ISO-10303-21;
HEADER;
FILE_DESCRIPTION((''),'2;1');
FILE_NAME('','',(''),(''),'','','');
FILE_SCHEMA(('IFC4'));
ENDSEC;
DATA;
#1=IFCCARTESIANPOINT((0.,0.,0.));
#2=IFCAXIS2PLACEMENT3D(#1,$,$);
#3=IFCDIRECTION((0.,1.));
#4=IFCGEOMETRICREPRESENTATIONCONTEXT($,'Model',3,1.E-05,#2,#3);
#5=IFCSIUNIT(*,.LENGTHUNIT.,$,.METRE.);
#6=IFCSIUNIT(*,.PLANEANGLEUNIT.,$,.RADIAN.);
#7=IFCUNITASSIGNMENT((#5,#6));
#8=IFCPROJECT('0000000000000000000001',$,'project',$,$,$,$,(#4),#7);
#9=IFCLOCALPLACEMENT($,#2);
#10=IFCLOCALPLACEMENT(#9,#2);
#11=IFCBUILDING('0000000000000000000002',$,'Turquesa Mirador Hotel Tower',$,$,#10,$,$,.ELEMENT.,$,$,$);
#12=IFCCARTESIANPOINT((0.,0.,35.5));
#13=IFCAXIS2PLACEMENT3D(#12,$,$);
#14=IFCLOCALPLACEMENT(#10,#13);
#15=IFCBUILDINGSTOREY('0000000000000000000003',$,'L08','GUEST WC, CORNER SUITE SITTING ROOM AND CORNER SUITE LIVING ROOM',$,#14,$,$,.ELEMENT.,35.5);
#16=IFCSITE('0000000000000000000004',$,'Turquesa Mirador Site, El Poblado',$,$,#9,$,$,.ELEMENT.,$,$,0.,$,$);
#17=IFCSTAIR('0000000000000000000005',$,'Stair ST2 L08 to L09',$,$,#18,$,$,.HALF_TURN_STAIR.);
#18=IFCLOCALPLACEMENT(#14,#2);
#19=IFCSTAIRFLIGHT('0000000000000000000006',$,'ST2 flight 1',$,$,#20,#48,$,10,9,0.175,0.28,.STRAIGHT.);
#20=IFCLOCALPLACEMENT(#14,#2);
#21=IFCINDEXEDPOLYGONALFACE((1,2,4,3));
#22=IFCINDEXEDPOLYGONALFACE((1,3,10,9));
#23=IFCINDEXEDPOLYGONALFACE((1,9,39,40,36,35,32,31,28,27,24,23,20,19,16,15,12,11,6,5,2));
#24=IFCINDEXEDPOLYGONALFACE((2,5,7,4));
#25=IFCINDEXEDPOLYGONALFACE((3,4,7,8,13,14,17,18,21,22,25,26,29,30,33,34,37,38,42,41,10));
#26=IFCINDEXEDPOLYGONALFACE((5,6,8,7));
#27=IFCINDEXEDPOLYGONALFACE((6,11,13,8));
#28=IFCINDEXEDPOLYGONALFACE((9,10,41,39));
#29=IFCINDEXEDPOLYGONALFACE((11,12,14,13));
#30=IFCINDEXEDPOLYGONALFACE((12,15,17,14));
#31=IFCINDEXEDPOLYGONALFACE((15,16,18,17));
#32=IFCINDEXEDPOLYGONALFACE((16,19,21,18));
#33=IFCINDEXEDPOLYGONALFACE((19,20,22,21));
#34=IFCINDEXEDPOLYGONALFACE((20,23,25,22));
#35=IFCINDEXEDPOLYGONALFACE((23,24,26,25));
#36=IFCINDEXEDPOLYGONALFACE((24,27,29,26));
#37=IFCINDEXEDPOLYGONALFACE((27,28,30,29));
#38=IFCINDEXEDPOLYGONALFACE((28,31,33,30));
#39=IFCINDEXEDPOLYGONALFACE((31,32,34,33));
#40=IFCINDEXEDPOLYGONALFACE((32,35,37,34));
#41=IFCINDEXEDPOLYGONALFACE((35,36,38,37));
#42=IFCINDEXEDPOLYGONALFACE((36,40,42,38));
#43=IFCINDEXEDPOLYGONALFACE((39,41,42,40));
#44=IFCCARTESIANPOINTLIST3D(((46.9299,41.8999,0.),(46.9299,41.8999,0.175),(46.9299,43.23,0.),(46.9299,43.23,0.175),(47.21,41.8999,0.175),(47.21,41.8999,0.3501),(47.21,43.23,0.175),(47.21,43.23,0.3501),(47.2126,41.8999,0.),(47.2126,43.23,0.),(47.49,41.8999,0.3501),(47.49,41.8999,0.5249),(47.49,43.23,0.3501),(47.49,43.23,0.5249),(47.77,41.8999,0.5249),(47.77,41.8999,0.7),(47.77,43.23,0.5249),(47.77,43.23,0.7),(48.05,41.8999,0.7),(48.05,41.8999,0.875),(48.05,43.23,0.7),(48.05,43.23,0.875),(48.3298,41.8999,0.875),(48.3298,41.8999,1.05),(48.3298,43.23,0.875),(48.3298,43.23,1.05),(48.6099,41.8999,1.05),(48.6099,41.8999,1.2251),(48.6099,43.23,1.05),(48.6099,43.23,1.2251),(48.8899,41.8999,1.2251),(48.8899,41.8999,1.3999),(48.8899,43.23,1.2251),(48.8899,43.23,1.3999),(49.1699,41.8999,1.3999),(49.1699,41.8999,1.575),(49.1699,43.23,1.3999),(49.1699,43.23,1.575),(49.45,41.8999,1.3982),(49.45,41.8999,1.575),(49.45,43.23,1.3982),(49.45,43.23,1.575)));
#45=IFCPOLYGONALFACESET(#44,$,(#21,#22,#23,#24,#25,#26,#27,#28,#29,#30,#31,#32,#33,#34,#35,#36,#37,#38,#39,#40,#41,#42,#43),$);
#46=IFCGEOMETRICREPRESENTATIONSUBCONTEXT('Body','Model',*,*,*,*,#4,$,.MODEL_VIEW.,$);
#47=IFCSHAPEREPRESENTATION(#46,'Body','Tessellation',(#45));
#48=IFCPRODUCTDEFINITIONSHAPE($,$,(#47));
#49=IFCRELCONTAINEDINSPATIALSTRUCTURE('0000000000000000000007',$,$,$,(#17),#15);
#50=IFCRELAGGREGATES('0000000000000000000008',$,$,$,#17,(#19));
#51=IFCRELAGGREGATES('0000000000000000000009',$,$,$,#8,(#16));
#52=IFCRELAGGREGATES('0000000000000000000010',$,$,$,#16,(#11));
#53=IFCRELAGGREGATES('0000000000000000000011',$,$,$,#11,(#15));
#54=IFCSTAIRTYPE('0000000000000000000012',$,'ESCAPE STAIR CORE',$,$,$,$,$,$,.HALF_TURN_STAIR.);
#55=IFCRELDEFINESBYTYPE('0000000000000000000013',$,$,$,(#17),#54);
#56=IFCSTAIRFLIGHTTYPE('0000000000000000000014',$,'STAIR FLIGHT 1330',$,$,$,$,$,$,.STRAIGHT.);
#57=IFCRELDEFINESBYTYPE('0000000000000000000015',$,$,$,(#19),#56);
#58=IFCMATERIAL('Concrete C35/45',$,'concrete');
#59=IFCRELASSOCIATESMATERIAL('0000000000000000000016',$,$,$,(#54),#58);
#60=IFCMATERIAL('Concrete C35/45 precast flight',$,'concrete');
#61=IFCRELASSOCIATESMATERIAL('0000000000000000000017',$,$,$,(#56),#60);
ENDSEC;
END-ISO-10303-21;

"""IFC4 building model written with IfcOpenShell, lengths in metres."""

from ifc_helpers import new_model, si_unit, direction, frame, origin, place, context, subcontext, project, spatial, polyline, outline, extrude, material, type_object, element, aggregate, save


model = new_model("IFC4")

# Units and contexts
model_context = context("Model", 3, precision=1e-05, world=origin(), true_north=direction((0.0, 1.0)))
body_context = subcontext(model_context, "Body", "Model", "MODEL_VIEW")
ifc_project = project(units=[si_unit("LENGTHUNIT", "METRE"), si_unit("PLANEANGLEUNIT", "RADIAN")], contexts=[model_context])

# Site, building, storey
site_placement = place(None, origin())
site = spatial("IfcSite", under=ifc_project, at=site_placement, Name="Turquesa Mirador Site, El Poblado", CompositionType="ELEMENT", RefElevation=0.0)
building_placement = place(site_placement, origin())
building = spatial("IfcBuilding", under=site, at=building_placement, Name="Turquesa Mirador Hotel Tower", CompositionType="ELEMENT")
storey_placement = place(building_placement, frame((0.0, 0.0, 35.5)))
storey = spatial("IfcBuildingStorey", under=building, at=storey_placement, Name="L08", Description="GUEST WC, CORNER SUITE SITTING ROOM AND CORNER SUITE LIVING ROOM", CompositionType="ELEMENT", Elevation=35.5)

# Stair, stair flight
ifc_material_1 = material(Name="Concrete C35/45", Category="concrete")
stair_type = type_object("IfcStairType", Name="ESCAPE STAIR CORE", PredefinedType="HALF_TURN_STAIR", material=ifc_material_1)
stair_placement = place(storey_placement, origin())
stair = element("IfcStair", 1, at=stair_placement, inside=storey, type_object=stair_type, Name="Stair ST2 L08 to L09", PredefinedType="HALF_TURN_STAIR")
ifc_material_2 = material(Name="Concrete C35/45 precast flight", Category="concrete")
stair_flight_type = type_object("IfcStairFlightType", Name="STAIR FLIGHT 1330", PredefinedType="STRAIGHT", material=ifc_material_2)
stair_flight_placement = place(storey_placement, frame((46.9299, 42.5649, 0.0), z_axis=(0.0, 0.0, 1.0), x_axis=(1.0, 0.0, 0.0)))
stair_flight = element("IfcStairFlight", 2, at=stair_flight_placement, type_object=stair_flight_type, Name="ST2 flight 1", NumberOfRisers=10, NumberOfTreads=9, PredefinedType="STRAIGHT", RiserHeight=0.175, TreadLength=0.28, context=body_context, shape_type="SweptSolid", body=[
    extrude(outline(polyline([(0.0, 0.0), (0.0, 0.175), (0.28, 0.175), (0.28, 0.3501), (0.5601, 0.3501), (0.5601, 0.5249), (0.8401, 0.5249), (0.8401, 0.7), (1.1201, 0.7), (1.1201, 0.875), (1.3999, 0.875), (1.3999, 1.05), (1.6799, 1.05), (1.6799, 1.2251), (1.96, 1.2251), (1.96, 1.3999), (2.24, 1.3999), (2.24, 1.575), (2.52, 1.575), (2.52, 1.75), (2.52, 1.3982), (0.2827, 0.0), (0.0, 0.0)])), frame((0.0, 0.665, 0.0), z_axis=(0.0, -1.0, 0.0), x_axis=(1.0, 0.0, 0.0)), (0.0, 0.0, 1.0), 1.3301),
])
aggregate(stair, [stair_flight])

save(model, "model.ifc")
